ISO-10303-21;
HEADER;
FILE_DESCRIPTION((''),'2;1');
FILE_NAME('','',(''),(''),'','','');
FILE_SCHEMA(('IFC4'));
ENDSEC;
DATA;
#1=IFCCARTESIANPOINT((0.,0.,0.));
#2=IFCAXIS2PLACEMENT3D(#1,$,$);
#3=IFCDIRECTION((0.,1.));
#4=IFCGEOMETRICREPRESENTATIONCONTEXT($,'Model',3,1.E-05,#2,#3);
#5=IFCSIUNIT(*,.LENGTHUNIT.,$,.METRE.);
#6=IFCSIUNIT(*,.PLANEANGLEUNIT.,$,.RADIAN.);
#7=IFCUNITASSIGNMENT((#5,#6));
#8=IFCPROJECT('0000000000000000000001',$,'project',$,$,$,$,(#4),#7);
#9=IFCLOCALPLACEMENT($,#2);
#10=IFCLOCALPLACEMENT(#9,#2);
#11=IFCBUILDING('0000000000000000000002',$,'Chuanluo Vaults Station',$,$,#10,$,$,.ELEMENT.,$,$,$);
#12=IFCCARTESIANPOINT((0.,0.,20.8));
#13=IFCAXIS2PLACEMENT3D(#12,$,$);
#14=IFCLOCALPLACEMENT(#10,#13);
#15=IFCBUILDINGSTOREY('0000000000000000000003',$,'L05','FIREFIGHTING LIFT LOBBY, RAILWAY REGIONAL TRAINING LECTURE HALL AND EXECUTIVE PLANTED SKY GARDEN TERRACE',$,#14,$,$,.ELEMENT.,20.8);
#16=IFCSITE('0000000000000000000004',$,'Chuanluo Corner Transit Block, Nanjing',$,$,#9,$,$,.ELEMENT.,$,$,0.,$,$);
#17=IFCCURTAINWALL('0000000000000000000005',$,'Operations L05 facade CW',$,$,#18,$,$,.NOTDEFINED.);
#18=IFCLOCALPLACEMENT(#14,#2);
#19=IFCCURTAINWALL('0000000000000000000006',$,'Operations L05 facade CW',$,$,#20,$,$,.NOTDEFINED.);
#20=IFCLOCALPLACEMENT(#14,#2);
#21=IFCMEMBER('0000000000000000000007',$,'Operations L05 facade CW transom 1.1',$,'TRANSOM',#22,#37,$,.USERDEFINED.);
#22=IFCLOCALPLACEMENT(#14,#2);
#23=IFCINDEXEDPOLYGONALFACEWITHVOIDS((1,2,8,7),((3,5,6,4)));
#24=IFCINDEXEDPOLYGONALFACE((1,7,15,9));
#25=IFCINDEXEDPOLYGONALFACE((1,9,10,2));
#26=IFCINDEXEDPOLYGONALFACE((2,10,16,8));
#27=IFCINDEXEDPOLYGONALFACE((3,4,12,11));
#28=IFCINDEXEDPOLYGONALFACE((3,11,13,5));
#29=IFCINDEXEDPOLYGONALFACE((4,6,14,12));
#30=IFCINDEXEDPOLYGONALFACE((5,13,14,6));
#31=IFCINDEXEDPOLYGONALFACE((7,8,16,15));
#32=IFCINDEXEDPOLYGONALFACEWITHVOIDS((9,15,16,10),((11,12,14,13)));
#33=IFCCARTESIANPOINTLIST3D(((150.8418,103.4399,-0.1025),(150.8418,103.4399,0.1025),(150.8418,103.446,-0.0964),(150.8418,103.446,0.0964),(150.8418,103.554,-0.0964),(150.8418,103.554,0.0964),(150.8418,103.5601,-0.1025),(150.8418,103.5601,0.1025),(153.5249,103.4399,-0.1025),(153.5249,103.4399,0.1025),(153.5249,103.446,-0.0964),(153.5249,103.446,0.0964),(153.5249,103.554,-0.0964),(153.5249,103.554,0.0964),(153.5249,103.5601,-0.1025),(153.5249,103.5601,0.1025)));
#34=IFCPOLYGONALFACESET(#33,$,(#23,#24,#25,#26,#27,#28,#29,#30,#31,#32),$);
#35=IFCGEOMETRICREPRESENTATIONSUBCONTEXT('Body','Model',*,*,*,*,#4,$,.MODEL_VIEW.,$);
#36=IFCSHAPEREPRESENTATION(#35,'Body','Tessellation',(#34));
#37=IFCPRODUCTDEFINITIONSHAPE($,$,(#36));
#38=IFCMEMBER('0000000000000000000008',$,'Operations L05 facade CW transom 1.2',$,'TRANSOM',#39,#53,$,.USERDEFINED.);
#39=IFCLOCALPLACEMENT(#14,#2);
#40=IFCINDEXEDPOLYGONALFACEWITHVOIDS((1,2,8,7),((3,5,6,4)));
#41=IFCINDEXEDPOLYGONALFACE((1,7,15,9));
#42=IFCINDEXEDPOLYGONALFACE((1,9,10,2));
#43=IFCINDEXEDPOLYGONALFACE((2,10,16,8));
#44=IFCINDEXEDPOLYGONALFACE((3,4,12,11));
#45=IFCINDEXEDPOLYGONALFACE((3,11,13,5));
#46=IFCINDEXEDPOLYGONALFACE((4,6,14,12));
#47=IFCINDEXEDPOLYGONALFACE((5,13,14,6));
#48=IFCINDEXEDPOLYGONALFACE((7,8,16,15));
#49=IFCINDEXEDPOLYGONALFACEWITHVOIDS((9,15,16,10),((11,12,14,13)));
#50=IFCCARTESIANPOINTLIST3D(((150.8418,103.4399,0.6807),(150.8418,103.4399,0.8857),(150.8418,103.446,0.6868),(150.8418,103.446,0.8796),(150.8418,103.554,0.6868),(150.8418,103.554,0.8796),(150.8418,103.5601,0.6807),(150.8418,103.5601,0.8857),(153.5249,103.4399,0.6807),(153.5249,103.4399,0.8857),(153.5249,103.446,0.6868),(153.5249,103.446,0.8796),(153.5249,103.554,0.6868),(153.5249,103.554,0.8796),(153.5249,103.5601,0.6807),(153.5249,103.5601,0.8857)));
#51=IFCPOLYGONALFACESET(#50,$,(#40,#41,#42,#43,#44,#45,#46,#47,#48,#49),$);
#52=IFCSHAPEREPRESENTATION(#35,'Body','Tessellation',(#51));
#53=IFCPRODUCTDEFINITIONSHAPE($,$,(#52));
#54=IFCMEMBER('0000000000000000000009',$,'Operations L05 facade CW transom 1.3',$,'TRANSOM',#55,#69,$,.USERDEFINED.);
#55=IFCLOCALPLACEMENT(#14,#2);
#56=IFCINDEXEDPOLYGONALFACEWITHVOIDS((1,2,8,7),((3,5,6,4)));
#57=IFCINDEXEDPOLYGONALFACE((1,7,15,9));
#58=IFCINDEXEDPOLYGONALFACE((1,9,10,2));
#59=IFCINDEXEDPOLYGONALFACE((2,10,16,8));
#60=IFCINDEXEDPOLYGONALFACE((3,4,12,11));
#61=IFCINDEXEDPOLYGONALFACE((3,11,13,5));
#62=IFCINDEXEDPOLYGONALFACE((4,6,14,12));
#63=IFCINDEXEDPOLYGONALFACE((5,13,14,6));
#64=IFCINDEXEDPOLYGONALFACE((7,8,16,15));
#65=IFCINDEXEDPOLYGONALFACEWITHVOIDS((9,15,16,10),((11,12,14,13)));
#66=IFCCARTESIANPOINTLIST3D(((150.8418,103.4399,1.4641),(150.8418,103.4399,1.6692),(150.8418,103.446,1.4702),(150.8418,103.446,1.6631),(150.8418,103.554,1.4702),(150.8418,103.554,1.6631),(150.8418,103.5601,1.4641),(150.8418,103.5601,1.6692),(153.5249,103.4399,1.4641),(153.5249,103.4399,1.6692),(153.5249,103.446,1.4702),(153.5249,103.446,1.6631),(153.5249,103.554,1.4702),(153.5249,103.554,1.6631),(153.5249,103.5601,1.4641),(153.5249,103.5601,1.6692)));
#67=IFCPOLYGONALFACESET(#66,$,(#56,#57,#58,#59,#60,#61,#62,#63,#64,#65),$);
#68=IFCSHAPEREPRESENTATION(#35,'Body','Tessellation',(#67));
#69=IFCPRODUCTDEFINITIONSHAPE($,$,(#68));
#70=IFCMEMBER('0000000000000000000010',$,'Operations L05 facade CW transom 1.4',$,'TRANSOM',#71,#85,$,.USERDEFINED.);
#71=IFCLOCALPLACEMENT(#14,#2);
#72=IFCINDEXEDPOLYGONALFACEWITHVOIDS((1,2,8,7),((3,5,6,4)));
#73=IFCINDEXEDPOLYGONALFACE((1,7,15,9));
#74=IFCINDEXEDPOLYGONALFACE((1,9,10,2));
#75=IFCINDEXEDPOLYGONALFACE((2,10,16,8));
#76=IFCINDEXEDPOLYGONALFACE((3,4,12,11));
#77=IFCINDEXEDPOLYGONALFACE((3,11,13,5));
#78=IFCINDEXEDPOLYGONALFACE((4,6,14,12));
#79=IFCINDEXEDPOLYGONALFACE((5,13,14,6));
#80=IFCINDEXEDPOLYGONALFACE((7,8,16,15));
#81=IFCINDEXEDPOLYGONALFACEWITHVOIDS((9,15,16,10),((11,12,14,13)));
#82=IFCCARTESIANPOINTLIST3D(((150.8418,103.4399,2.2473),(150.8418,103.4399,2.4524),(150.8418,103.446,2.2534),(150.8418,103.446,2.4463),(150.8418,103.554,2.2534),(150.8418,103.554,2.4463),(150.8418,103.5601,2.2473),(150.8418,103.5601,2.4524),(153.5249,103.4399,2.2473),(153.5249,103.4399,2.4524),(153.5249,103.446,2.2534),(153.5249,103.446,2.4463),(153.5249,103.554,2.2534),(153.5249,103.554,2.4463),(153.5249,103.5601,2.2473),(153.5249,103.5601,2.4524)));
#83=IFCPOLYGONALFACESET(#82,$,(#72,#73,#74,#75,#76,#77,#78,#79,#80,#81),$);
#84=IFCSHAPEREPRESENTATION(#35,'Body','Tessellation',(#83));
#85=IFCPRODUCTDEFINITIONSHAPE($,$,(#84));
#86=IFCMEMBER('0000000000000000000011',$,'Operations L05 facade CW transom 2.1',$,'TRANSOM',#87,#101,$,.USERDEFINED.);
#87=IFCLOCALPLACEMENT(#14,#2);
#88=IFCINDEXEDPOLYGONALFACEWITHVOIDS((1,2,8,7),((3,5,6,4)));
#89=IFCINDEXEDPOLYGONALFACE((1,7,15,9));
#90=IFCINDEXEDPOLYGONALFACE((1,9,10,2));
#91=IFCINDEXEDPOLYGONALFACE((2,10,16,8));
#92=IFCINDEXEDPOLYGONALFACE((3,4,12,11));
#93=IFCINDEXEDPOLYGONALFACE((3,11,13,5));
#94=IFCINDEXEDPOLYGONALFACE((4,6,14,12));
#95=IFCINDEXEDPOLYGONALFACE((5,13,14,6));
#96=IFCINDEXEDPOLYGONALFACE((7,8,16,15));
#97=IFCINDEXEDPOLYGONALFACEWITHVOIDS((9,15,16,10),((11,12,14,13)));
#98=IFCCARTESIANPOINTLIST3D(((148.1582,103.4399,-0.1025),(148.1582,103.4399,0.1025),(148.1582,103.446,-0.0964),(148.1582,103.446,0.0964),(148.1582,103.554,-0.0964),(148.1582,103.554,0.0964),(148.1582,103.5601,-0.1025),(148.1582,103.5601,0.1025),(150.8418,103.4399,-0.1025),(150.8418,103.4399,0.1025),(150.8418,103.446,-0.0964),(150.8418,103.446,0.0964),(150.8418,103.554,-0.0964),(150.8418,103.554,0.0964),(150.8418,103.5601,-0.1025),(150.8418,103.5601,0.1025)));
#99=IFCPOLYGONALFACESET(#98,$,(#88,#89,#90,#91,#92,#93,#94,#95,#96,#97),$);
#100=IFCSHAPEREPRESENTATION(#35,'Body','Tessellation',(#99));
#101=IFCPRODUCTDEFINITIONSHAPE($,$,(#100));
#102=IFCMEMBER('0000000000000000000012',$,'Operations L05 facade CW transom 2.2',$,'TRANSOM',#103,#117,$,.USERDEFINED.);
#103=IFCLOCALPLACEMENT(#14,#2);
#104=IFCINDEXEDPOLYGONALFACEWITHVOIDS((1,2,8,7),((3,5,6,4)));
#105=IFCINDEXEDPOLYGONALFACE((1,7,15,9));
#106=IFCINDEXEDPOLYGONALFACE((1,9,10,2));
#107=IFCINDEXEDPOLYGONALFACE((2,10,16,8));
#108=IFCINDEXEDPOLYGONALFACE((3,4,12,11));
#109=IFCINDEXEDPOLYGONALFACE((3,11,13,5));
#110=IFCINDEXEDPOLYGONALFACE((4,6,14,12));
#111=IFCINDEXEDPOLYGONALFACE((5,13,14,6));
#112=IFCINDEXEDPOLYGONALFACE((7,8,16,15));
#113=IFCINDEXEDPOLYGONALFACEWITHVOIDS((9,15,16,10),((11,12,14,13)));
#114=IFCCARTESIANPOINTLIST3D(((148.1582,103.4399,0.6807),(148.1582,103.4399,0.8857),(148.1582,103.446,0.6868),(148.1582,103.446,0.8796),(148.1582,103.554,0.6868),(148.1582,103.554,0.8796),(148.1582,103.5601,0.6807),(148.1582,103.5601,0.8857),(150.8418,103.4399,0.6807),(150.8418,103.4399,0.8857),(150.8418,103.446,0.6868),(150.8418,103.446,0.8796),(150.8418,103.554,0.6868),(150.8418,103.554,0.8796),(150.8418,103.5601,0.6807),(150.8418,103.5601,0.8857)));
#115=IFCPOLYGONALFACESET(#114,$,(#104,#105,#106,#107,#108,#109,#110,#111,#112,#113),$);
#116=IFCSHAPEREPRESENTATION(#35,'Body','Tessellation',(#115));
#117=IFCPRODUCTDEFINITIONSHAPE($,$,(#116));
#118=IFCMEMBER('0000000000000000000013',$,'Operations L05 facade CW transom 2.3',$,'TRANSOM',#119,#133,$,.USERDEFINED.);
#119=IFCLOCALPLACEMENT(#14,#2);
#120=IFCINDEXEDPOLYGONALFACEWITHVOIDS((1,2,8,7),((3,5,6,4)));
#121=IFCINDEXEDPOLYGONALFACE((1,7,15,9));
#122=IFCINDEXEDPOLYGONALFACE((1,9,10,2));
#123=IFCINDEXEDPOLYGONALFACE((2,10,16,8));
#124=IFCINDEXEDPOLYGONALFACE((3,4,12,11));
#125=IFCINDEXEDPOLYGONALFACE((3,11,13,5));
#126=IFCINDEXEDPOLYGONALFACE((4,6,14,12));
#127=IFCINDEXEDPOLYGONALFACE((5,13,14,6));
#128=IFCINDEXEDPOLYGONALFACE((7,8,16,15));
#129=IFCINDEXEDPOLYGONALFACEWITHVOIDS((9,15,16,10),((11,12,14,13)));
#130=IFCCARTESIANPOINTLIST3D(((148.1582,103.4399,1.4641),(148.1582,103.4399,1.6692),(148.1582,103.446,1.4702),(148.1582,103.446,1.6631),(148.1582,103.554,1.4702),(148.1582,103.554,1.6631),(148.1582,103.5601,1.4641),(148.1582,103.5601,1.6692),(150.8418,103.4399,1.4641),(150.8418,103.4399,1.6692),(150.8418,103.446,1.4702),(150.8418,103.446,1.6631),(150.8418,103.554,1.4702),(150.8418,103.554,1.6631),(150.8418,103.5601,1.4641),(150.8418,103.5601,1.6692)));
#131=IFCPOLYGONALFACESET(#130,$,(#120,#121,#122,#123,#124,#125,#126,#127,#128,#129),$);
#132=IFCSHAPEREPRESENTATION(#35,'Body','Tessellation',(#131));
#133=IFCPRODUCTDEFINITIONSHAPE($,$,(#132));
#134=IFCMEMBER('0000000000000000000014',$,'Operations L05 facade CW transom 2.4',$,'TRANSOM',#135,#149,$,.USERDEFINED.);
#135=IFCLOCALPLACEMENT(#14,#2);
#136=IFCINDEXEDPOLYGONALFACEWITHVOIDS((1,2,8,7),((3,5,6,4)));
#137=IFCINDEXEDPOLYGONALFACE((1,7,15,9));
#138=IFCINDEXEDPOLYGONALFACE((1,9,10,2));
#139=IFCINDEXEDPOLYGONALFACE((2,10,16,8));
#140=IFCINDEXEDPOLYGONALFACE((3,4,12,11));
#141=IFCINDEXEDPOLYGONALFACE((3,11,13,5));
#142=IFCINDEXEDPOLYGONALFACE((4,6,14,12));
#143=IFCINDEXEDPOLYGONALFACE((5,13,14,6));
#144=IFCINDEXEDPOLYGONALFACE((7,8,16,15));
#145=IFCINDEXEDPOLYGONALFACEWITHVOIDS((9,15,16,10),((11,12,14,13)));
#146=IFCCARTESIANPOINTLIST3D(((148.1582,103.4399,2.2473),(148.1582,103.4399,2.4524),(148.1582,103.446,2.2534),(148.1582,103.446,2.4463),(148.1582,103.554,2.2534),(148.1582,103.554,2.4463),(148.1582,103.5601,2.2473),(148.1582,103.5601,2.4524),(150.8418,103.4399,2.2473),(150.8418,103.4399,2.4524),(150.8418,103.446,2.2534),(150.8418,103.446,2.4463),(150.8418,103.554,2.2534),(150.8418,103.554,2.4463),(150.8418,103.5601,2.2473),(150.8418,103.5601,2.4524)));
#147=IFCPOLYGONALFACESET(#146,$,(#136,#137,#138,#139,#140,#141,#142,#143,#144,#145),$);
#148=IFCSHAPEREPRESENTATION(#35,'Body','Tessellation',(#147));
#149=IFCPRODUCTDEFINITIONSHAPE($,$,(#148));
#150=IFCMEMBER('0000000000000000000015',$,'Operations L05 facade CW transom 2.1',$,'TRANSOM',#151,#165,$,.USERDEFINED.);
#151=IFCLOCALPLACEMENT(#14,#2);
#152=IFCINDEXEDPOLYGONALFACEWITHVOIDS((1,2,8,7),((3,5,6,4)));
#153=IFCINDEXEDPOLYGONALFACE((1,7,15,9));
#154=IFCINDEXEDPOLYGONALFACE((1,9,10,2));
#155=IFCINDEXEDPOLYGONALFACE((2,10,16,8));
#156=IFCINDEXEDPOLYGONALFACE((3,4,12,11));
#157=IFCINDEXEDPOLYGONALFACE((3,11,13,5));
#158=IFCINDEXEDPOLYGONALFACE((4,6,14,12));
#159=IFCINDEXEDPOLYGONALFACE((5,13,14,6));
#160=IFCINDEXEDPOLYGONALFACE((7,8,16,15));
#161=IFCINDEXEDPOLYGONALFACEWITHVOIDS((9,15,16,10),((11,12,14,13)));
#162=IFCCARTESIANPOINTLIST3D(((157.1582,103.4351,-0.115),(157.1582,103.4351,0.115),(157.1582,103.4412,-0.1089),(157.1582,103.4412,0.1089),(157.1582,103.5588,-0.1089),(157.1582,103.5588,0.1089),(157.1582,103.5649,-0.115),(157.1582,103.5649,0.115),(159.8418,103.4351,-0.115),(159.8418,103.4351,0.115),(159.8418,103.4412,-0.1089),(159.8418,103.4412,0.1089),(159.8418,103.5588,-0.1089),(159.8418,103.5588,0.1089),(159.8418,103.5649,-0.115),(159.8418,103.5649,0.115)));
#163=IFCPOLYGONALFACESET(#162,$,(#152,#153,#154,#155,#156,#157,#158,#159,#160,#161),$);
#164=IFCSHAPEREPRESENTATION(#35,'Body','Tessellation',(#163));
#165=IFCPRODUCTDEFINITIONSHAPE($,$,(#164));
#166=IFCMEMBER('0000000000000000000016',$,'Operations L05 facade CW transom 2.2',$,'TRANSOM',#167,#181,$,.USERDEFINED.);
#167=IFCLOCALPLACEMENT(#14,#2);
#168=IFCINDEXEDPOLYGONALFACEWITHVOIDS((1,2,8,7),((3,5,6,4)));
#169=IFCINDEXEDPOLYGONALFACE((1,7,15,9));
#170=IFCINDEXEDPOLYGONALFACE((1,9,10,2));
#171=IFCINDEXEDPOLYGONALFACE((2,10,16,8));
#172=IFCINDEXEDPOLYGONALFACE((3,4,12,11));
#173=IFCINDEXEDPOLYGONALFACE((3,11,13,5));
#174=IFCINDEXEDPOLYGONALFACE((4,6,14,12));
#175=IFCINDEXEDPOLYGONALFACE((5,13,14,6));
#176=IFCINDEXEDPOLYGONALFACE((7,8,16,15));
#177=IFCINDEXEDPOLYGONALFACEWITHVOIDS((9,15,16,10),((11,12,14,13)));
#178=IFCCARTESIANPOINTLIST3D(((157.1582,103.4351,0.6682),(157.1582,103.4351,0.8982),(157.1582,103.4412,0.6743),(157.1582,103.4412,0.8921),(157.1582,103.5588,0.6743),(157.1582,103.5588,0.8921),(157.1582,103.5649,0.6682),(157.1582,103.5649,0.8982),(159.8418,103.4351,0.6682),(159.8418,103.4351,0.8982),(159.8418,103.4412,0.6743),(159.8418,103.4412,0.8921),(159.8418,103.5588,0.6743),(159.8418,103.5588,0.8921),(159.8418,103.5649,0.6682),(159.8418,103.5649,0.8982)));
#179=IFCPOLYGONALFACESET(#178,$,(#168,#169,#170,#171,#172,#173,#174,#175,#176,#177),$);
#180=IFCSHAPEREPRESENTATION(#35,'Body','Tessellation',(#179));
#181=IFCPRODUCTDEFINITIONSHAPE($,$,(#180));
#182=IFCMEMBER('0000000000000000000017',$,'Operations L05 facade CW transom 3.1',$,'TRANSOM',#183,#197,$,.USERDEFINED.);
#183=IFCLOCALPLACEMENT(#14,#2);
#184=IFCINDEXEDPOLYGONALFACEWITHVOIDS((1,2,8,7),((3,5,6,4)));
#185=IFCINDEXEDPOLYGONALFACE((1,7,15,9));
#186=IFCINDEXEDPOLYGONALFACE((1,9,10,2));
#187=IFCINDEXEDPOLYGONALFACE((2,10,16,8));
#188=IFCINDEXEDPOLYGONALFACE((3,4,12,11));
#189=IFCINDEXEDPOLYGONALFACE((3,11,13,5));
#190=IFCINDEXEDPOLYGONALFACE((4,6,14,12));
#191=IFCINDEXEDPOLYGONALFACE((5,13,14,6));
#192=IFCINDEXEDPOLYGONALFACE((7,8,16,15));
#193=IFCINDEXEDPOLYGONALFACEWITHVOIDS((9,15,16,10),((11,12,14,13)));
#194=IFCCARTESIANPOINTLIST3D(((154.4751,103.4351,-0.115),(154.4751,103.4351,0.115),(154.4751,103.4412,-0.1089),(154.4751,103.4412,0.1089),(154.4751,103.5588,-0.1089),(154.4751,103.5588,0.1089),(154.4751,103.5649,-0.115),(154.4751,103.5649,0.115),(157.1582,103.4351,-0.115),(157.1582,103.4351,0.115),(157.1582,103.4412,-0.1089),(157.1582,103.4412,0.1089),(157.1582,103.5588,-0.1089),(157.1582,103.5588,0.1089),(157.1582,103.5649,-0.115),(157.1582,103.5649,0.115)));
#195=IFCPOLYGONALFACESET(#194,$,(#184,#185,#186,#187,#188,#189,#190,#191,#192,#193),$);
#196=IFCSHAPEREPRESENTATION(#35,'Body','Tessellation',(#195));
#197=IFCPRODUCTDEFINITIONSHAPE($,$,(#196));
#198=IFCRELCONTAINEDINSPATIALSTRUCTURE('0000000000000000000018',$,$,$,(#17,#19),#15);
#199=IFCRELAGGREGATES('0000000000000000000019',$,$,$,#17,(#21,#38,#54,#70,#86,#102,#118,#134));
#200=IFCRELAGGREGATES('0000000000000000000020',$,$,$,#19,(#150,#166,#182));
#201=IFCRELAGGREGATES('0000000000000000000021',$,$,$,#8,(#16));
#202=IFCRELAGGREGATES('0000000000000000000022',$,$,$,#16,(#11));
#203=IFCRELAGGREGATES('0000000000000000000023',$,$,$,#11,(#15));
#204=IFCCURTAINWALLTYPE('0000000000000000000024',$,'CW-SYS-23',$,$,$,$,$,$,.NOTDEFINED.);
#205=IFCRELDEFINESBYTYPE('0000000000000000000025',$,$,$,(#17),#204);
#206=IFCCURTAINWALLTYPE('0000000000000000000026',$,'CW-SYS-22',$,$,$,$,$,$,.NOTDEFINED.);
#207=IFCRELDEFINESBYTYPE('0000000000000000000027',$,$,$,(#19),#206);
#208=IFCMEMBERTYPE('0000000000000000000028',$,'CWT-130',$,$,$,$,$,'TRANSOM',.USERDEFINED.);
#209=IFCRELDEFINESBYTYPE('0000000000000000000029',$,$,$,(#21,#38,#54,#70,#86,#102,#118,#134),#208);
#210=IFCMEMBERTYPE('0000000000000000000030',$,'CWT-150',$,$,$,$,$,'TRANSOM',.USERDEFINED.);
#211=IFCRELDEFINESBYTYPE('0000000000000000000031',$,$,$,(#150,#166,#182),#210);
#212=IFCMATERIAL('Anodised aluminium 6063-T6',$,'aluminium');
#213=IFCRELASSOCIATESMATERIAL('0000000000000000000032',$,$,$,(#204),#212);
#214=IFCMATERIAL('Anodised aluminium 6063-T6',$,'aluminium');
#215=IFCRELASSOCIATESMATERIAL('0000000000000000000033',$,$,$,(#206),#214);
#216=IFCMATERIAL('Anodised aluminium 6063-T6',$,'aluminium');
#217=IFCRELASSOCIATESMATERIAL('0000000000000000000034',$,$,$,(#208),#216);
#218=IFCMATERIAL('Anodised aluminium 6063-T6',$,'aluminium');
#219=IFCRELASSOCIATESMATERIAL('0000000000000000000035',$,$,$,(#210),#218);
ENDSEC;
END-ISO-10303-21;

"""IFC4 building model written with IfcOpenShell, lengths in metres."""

from ifc_helpers import new_model, si_unit, direction, frame, origin, origin_2d, place, context, subcontext, project, spatial, hollow_rectangle, extrude, material, material_profile, profile_set, type_object, element, aggregate, save


model = new_model("IFC4")

# Units and contexts
model_context = context("Model", 3, precision=1e-05, world=origin(), true_north=direction((0.0, 1.0)))
body_context = subcontext(model_context, "Body", "Model", "MODEL_VIEW")
ifc_project = project(units=[si_unit("LENGTHUNIT", "METRE"), si_unit("PLANEANGLEUNIT", "RADIAN")], contexts=[model_context])

# Site, building, storey
site_placement = place(None, origin())
site = spatial("IfcSite", under=ifc_project, at=site_placement, Name="Chuanluo Corner Transit Block, Nanjing", CompositionType="ELEMENT", RefElevation=0.0)
building_placement = place(site_placement, origin())
building = spatial("IfcBuilding", under=site, at=building_placement, Name="Chuanluo Vaults Station", CompositionType="ELEMENT")
storey_placement = place(building_placement, frame((0.0, 0.0, 20.8)))
storey = spatial("IfcBuildingStorey", under=building, at=storey_placement, Name="L05", Description="FIREFIGHTING LIFT LOBBY, RAILWAY REGIONAL TRAINING LECTURE HALL AND EXECUTIVE PLANTED SKY GARDEN TERRACE", CompositionType="ELEMENT", Elevation=20.8)

# Curtain walls
ifc_material_1 = material(Name="Anodised aluminium 6063-T6", Category="aluminium")
curtain_wall_type_1 = type_object("IfcCurtainWallType", Name="CW-SYS-23", PredefinedType="NOTDEFINED", material=ifc_material_1)
curtain_wall_1_placement = place(storey_placement, origin())
curtain_wall_1 = element("IfcCurtainWall", 1, at=curtain_wall_1_placement, inside=storey, type_object=curtain_wall_type_1, Name="Operations L05 facade CW", PredefinedType="NOTDEFINED")
ifc_material_2 = material(Name="Anodised aluminium 6063-T6", Category="aluminium")
curtain_wall_type_2 = type_object("IfcCurtainWallType", Name="CW-SYS-22", PredefinedType="NOTDEFINED", material=ifc_material_2)
curtain_wall_2_placement = place(storey_placement, origin())
curtain_wall_2 = element("IfcCurtainWall", 2, at=curtain_wall_2_placement, inside=storey, type_object=curtain_wall_type_2, Name="Operations L05 facade CW", PredefinedType="NOTDEFINED")

# Members
ifc_material_3 = material(Name="Anodised aluminium 6063-T6", Category="aluminium")
ifc_material_profile_1 = material_profile(ifc_material_3, hollow_rectangle(XDim=0.1201, YDim=0.2051, WallThickness=0.0061, at=origin_2d()))
ifc_profile_set_1 = profile_set([ifc_material_profile_1], Name="Anodised aluminium 6063-T6")
member_type_1 = type_object("IfcMemberType", Name="CWT-130", ElementType="TRANSOM", PredefinedType="USERDEFINED", material=ifc_profile_set_1)
member_1_placement = place(storey_placement, frame((153.5249, 103.5, 0.0), z_axis=(-1.0, 0.0, 0.0), x_axis=(0.0, -1.0, 0.0)))
member_1 = element("IfcMember", 3, at=member_1_placement, type_object=member_type_1, Name="Operations L05 facade CW transom 1.1", ObjectType="TRANSOM", PredefinedType="USERDEFINED", context=body_context, shape_type="SweptSolid", body=[
    extrude(hollow_rectangle(XDim=0.1201, YDim=0.2051, WallThickness=0.0061, at=origin_2d()), origin(), (0.0, 0.0, 1.0), 2.6831),
])
member_2_placement = place(storey_placement, frame((153.5249, 103.5, 0.7832), z_axis=(-1.0, 0.0, 0.0), x_axis=(0.0, -1.0, 0.0)))
member_2 = element("IfcMember", 4, at=member_2_placement, type_object=member_type_1, Name="Operations L05 facade CW transom 1.2", ObjectType="TRANSOM", PredefinedType="USERDEFINED", context=body_context, shape_type="SweptSolid", body=[
    extrude(hollow_rectangle(XDim=0.1201, YDim=0.2051, WallThickness=0.0061, at=origin_2d()), origin(), (0.0, 0.0, 1.0), 2.6831),
])
member_3_placement = place(storey_placement, frame((153.5249, 103.5, 1.5667), z_axis=(-1.0, 0.0, 0.0), x_axis=(0.0, -1.0, 0.0)))
member_3 = element("IfcMember", 5, at=member_3_placement, type_object=member_type_1, Name="Operations L05 facade CW transom 1.3", ObjectType="TRANSOM", PredefinedType="USERDEFINED", context=body_context, shape_type="SweptSolid", body=[
    extrude(hollow_rectangle(XDim=0.1201, YDim=0.2051, WallThickness=0.0061, at=origin_2d()), origin(), (0.0, 0.0, 1.0), 2.6831),
])
member_4_placement = place(storey_placement, frame((153.5249, 103.5, 2.3499), z_axis=(-1.0, 0.0, 0.0), x_axis=(0.0, -1.0, 0.0)))
member_4 = element("IfcMember", 6, at=member_4_placement, type_object=member_type_1, Name="Operations L05 facade CW transom 1.4", ObjectType="TRANSOM", PredefinedType="USERDEFINED", context=body_context, shape_type="SweptSolid", body=[
    extrude(hollow_rectangle(XDim=0.1201, YDim=0.2051, WallThickness=0.0061, at=origin_2d()), origin(), (0.0, 0.0, 1.0), 2.6831),
])
member_5_placement = place(storey_placement, frame((150.8418, 103.5, 0.0), z_axis=(-1.0, 0.0, 0.0), x_axis=(0.0, -1.0, 0.0)))
member_5 = element("IfcMember", 7, at=member_5_placement, type_object=member_type_1, Name="Operations L05 facade CW transom 2.1", ObjectType="TRANSOM", PredefinedType="USERDEFINED", context=body_context, shape_type="SweptSolid", body=[
    extrude(hollow_rectangle(XDim=0.1201, YDim=0.2051, WallThickness=0.0061, at=origin_2d()), origin(), (0.0, 0.0, 1.0), 2.6836),
])
member_6_placement = place(storey_placement, frame((150.8418, 103.5, 0.7832), z_axis=(-1.0, 0.0, 0.0), x_axis=(0.0, -1.0, 0.0)))
member_6 = element("IfcMember", 8, at=member_6_placement, type_object=member_type_1, Name="Operations L05 facade CW transom 2.2", ObjectType="TRANSOM", PredefinedType="USERDEFINED", context=body_context, shape_type="SweptSolid", body=[
    extrude(hollow_rectangle(XDim=0.1201, YDim=0.2051, WallThickness=0.0061, at=origin_2d()), origin(), (0.0, 0.0, 1.0), 2.6836),
])
member_7_placement = place(storey_placement, frame((150.8418, 103.5, 1.5667), z_axis=(-1.0, 0.0, 0.0), x_axis=(0.0, -1.0, 0.0)))
member_7 = element("IfcMember", 9, at=member_7_placement, type_object=member_type_1, Name="Operations L05 facade CW transom 2.3", ObjectType="TRANSOM", PredefinedType="USERDEFINED", context=body_context, shape_type="SweptSolid", body=[
    extrude(hollow_rectangle(XDim=0.1201, YDim=0.2051, WallThickness=0.0061, at=origin_2d()), origin(), (0.0, 0.0, 1.0), 2.6836),
])
member_8_placement = place(storey_placement, frame((150.8418, 103.5, 2.3499), z_axis=(-1.0, 0.0, 0.0), x_axis=(0.0, -1.0, 0.0)))
member_8 = element("IfcMember", 10, at=member_8_placement, type_object=member_type_1, Name="Operations L05 facade CW transom 2.4", ObjectType="TRANSOM", PredefinedType="USERDEFINED", context=body_context, shape_type="SweptSolid", body=[
    extrude(hollow_rectangle(XDim=0.1201, YDim=0.2051, WallThickness=0.0061, at=origin_2d()), origin(), (0.0, 0.0, 1.0), 2.6836),
])
ifc_material_4 = material(Name="Anodised aluminium 6063-T6", Category="aluminium")
ifc_material_profile_2 = material_profile(ifc_material_4, hollow_rectangle(XDim=0.1299, YDim=0.23, WallThickness=0.0061, at=origin_2d()))
ifc_profile_set_2 = profile_set([ifc_material_profile_2], Name="Anodised aluminium 6063-T6")
member_type_2 = type_object("IfcMemberType", Name="CWT-150", ElementType="TRANSOM", PredefinedType="USERDEFINED", material=ifc_profile_set_2)
member_9_placement = place(storey_placement, frame((159.8418, 103.5, 0.0), z_axis=(-1.0, 0.0, 0.0), x_axis=(0.0, -1.0, 0.0)))
member_9 = element("IfcMember", 11, at=member_9_placement, type_object=member_type_2, Name="Operations L05 facade CW transom 2.1", ObjectType="TRANSOM", PredefinedType="USERDEFINED", context=body_context, shape_type="SweptSolid", body=[
    extrude(hollow_rectangle(XDim=0.1299, YDim=0.23, WallThickness=0.0061, at=origin_2d()), origin(), (0.0, 0.0, 1.0), 2.6836),
])
member_10_placement = place(storey_placement, frame((159.8418, 103.5, 0.7832), z_axis=(-1.0, 0.0, 0.0), x_axis=(0.0, -1.0, 0.0)))
member_10 = element("IfcMember", 12, at=member_10_placement, type_object=member_type_2, Name="Operations L05 facade CW transom 2.2", ObjectType="TRANSOM", PredefinedType="USERDEFINED", context=body_context, shape_type="SweptSolid", body=[
    extrude(hollow_rectangle(XDim=0.1299, YDim=0.23, WallThickness=0.0061, at=origin_2d()), origin(), (0.0, 0.0, 1.0), 2.6836),
])
member_11_placement = place(storey_placement, frame((157.1582, 103.5, 0.0), z_axis=(-1.0, 0.0, 0.0), x_axis=(0.0, -1.0, 0.0)))
member_11 = element("IfcMember", 13, at=member_11_placement, type_object=member_type_2, Name="Operations L05 facade CW transom 3.1", ObjectType="TRANSOM", PredefinedType="USERDEFINED", context=body_context, shape_type="SweptSolid", body=[
    extrude(hollow_rectangle(XDim=0.1299, YDim=0.23, WallThickness=0.0061, at=origin_2d()), origin(), (0.0, 0.0, 1.0), 2.6831),
])

aggregate(curtain_wall_1, [member_1, member_2, member_3, member_4, member_5, member_6, member_7, member_8])
aggregate(curtain_wall_2, [member_9, member_10, member_11])

save(model, "model.ifc")
